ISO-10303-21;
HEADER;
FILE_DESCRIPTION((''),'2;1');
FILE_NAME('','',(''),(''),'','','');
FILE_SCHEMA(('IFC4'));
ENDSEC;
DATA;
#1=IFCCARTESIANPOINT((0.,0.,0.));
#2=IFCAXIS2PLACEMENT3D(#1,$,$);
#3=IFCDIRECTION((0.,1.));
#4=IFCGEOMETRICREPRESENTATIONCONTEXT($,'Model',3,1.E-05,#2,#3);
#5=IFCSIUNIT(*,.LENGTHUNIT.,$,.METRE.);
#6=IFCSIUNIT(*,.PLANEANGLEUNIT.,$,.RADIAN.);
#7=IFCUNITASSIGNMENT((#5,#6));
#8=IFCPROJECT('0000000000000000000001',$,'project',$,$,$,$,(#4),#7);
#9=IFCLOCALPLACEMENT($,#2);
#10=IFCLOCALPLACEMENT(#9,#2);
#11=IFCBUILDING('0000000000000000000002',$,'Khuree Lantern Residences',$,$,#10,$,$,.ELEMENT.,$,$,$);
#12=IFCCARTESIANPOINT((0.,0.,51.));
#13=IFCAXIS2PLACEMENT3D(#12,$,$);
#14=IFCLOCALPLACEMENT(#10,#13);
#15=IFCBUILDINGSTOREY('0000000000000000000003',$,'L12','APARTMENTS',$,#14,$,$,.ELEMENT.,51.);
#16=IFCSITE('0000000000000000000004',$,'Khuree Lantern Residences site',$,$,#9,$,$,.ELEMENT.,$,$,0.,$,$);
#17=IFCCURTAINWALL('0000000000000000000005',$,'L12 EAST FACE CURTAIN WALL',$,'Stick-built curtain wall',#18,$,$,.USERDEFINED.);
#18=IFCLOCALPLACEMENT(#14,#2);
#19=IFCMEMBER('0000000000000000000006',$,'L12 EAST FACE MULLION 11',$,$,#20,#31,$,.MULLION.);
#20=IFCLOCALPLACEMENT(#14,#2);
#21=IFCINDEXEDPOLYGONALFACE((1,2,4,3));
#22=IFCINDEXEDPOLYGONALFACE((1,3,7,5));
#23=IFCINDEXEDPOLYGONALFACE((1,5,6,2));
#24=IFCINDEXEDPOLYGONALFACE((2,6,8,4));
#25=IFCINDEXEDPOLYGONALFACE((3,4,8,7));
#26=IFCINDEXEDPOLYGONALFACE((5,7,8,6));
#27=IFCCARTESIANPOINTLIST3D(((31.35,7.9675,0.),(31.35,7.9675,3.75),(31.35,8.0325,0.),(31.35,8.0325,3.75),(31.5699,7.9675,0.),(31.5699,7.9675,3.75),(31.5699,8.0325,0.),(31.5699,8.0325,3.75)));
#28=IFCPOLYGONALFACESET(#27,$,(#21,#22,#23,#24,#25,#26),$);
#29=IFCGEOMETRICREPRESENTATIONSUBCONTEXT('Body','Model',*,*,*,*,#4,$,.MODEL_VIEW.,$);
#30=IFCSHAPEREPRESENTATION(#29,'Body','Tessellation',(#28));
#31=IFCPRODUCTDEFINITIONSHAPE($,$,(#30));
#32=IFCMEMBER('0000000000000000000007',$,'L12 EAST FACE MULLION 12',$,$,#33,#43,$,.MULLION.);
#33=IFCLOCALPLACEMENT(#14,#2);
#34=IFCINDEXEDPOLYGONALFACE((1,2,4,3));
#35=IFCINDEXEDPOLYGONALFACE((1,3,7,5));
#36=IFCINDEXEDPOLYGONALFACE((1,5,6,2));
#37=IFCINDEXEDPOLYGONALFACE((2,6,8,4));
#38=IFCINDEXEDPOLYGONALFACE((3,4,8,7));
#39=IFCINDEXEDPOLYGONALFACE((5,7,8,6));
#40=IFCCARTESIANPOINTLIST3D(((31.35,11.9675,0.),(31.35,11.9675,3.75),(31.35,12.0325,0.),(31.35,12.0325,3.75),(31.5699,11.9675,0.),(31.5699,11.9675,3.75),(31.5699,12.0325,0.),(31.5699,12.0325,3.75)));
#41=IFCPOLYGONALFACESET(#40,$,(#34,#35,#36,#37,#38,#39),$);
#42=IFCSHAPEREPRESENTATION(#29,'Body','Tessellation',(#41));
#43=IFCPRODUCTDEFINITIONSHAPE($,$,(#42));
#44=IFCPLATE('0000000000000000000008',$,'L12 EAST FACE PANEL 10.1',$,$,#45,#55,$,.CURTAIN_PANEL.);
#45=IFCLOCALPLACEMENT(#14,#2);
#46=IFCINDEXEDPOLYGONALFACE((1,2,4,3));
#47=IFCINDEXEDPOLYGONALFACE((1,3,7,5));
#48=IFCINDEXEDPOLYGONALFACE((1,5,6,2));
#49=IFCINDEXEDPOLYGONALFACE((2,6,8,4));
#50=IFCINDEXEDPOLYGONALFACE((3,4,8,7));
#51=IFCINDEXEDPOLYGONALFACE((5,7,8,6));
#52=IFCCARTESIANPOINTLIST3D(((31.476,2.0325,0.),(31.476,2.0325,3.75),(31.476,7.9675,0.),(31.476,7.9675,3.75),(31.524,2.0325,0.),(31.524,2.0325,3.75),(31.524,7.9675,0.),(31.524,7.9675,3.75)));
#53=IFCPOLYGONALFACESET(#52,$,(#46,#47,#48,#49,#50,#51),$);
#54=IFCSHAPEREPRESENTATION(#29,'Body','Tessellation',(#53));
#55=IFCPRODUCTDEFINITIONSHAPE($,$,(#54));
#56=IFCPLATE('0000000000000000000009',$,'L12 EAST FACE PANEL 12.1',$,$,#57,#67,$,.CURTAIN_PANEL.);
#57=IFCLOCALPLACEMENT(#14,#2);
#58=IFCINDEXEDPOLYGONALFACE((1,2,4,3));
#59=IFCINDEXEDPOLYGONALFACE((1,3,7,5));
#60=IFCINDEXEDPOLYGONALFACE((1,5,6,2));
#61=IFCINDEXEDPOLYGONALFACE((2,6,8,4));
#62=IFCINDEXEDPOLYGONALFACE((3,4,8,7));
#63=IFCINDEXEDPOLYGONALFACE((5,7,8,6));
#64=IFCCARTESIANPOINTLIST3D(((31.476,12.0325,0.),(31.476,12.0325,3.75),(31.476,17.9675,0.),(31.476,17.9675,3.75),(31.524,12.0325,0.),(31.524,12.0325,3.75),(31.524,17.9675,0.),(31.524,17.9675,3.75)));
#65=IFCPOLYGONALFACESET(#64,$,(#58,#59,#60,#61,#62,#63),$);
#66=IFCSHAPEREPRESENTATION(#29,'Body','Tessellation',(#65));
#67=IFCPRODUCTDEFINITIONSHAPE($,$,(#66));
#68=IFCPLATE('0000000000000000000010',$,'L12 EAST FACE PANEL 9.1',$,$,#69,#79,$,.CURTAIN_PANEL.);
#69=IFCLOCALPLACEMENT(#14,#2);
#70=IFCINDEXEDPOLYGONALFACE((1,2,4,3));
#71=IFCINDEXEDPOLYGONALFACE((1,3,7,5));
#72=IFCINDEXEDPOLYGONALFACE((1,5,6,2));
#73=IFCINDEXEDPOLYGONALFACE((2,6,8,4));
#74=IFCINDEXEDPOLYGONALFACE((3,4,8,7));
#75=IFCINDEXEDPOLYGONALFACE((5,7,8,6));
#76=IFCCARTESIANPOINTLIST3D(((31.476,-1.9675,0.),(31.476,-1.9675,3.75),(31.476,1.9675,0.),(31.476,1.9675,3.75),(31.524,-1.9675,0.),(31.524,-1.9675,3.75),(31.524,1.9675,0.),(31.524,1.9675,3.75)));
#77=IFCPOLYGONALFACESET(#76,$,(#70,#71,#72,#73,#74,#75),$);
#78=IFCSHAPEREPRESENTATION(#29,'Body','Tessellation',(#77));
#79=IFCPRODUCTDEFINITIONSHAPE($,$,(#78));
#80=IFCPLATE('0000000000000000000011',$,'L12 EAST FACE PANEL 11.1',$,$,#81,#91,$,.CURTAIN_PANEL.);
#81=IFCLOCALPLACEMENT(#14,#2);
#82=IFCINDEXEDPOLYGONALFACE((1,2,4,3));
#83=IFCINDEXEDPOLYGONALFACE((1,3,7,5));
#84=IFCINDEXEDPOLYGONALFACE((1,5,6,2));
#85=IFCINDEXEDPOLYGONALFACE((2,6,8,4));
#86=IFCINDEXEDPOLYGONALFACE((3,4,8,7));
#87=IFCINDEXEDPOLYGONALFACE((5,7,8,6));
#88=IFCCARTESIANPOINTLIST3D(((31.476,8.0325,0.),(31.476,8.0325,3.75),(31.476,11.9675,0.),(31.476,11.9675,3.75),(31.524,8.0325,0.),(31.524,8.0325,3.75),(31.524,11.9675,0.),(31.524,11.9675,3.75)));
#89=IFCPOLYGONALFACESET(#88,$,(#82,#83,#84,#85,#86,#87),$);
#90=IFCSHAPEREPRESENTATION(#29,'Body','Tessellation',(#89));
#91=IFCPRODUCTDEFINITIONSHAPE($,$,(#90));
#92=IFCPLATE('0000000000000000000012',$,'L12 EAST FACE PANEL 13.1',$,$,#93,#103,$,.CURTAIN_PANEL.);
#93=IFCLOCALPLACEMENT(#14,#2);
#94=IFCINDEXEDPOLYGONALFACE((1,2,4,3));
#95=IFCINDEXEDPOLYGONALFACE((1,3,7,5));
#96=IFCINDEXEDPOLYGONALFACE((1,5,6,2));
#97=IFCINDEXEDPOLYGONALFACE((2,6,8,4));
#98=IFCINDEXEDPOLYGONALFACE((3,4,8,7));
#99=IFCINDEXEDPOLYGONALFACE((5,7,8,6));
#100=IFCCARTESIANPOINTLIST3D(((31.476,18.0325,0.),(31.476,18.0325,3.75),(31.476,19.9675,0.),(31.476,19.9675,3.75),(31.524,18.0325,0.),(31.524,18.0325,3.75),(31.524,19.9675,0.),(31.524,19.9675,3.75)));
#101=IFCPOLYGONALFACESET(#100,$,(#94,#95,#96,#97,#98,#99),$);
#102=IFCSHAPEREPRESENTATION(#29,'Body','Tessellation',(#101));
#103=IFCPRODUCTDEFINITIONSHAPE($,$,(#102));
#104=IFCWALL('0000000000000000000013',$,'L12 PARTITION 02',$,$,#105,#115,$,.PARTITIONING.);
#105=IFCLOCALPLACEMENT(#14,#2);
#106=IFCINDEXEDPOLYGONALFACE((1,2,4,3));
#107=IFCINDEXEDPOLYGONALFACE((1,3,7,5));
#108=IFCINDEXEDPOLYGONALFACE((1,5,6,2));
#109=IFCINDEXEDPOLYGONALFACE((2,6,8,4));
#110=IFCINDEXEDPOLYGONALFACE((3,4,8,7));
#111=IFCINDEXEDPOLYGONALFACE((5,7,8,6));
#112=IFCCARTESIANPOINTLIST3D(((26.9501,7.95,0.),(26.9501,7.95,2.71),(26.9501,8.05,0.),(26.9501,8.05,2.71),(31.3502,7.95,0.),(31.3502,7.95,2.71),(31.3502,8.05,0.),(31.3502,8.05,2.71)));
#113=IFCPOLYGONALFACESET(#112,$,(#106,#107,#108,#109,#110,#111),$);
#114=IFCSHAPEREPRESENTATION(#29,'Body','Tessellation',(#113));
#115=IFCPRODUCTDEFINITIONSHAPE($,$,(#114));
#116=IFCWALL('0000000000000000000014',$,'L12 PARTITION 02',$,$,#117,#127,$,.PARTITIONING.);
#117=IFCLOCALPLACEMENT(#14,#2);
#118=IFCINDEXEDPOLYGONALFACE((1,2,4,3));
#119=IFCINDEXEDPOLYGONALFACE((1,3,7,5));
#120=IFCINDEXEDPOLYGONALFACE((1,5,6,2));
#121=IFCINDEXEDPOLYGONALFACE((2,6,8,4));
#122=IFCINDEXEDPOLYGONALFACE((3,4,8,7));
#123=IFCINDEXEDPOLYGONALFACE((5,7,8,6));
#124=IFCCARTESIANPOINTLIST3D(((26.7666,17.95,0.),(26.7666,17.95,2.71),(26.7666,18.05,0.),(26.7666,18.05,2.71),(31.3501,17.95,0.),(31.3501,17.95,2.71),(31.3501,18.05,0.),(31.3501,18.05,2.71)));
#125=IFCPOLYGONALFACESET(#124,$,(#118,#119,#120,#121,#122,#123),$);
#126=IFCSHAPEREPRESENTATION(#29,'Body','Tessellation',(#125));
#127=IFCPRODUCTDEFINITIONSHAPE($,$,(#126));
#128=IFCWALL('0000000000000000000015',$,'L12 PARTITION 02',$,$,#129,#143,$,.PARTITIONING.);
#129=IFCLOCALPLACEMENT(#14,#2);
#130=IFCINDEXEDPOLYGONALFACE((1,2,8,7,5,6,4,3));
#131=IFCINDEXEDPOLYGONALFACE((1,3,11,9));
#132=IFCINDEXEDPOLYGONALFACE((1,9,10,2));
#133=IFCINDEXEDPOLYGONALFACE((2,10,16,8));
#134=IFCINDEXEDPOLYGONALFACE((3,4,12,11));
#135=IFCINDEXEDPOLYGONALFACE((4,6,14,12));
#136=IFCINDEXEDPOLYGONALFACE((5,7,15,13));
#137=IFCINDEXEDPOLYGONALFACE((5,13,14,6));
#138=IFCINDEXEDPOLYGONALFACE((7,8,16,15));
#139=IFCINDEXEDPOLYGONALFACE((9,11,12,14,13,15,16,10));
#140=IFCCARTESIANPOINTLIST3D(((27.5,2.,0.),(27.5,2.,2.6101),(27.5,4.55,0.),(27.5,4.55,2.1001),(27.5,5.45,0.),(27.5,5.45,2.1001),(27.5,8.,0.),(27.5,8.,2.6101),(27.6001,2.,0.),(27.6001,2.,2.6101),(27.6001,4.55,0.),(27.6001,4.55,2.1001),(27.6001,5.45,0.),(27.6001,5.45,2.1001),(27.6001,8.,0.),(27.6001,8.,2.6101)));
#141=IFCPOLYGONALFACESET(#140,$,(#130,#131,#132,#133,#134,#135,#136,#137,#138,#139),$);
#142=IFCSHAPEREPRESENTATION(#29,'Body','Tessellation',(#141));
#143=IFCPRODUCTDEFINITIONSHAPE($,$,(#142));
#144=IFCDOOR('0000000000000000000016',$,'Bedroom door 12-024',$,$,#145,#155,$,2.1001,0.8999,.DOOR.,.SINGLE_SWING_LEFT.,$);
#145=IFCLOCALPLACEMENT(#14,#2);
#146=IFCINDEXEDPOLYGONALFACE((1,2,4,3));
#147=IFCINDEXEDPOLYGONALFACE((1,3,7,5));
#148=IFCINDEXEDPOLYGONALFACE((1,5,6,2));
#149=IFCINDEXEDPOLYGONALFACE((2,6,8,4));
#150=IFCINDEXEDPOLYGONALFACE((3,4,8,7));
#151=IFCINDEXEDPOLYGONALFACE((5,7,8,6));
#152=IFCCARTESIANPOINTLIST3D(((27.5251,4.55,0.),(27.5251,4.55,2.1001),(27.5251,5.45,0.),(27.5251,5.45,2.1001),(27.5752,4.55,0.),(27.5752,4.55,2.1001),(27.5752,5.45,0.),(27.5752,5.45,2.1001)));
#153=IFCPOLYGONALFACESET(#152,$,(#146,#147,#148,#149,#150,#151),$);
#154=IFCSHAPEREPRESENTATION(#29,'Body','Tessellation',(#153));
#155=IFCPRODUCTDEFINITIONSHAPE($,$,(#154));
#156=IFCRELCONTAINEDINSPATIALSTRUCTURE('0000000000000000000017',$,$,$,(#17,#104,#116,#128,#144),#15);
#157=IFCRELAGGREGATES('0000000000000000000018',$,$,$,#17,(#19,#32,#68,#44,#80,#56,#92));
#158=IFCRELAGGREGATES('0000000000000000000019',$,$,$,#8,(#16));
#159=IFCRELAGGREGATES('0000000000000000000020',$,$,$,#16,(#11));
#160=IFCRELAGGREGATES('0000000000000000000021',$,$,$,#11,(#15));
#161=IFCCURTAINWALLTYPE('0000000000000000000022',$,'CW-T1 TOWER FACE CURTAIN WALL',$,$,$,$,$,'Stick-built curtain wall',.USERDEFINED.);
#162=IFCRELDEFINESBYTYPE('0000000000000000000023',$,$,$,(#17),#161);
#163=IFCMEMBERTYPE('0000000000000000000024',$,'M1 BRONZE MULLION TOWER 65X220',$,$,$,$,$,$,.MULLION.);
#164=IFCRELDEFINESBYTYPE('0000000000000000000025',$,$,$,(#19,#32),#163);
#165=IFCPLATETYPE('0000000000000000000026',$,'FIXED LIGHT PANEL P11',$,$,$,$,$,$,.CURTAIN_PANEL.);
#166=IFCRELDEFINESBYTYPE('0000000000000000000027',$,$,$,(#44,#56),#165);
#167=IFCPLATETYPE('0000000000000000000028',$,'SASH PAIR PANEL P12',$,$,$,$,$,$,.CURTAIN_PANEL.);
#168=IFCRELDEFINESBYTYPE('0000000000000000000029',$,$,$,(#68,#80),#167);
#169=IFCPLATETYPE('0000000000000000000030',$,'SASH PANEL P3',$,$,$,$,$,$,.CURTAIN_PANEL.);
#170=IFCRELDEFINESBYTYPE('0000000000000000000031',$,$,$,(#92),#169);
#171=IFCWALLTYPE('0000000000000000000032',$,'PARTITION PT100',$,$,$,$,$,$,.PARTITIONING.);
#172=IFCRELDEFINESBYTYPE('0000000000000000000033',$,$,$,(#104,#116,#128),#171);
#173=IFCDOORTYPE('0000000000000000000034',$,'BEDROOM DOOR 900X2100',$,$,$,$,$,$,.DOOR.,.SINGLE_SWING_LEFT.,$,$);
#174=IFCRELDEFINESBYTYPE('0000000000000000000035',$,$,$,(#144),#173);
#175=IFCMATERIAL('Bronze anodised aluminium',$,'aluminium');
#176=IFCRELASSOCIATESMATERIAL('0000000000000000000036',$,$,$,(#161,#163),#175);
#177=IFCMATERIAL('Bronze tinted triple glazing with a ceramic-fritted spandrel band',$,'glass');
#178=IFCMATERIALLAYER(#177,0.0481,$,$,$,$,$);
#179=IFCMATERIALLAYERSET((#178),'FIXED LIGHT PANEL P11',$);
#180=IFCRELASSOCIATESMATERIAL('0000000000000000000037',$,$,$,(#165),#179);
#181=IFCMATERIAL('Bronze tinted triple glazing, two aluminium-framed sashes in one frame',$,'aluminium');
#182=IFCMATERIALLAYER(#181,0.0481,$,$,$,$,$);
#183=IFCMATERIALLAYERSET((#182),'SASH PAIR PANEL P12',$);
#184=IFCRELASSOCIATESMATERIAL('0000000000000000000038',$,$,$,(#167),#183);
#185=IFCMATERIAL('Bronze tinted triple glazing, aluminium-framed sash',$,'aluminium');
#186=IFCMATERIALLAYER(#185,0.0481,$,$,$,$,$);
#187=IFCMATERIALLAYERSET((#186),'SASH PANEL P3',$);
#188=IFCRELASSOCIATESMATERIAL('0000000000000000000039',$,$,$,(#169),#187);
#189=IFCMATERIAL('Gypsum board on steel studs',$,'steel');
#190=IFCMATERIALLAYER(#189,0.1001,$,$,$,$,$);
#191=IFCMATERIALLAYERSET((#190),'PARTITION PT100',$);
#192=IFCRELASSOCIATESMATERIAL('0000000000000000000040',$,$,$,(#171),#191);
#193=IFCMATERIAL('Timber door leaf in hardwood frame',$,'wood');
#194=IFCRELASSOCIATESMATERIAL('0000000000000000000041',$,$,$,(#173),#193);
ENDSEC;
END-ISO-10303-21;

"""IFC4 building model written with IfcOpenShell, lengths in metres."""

from ifc_helpers import new_model, si_unit, direction, frame, frame_2d, origin, origin_2d, place, context, subcontext, project, spatial, rectangle, extrude, material, layer, layer_set, material_profile, profile_set, type_object, element, fill, aggregate, save


model = new_model("IFC4")

# Units and contexts
model_context = context("Model", 3, precision=1e-05, world=origin(), true_north=direction((0.0, 1.0)))
body_context = subcontext(model_context, "Body", "Model", "MODEL_VIEW")
ifc_project = project(units=[si_unit("LENGTHUNIT", "METRE"), si_unit("PLANEANGLEUNIT", "RADIAN")], contexts=[model_context])

# Site, building, storey
site_placement = place(None, origin())
site = spatial("IfcSite", under=ifc_project, at=site_placement, Name="Khuree Lantern Residences site", CompositionType="ELEMENT", RefElevation=0.0)
building_placement = place(site_placement, origin())
building = spatial("IfcBuilding", under=site, at=building_placement, Name="Khuree Lantern Residences", CompositionType="ELEMENT")
storey_placement = place(building_placement, frame((0.0, 0.0, 51.0)))
storey = spatial("IfcBuildingStorey", under=building, at=storey_placement, Name="L12", Description="APARTMENTS", CompositionType="ELEMENT", Elevation=51.0)

# Curtain wall
ifc_material_1 = material(Name="Bronze anodised aluminium", Category="aluminium")
curtain_wall_type = type_object("IfcCurtainWallType", Name="CW-T1 TOWER FACE CURTAIN WALL", ElementType="Stick-built curtain wall", PredefinedType="USERDEFINED", material=ifc_material_1)
curtain_wall_placement = place(storey_placement, origin())
curtain_wall = element("IfcCurtainWall", 1, at=curtain_wall_placement, inside=storey, type_object=curtain_wall_type, Name="L12 EAST FACE CURTAIN WALL", ObjectType="Stick-built curtain wall", PredefinedType="USERDEFINED")

# Members
ifc_material_profile_1 = material_profile(ifc_material_1, rectangle(XDim=0.0649, YDim=0.22, at=origin_2d()), Name="M1 65X220")
ifc_profile_set_1 = profile_set([ifc_material_profile_1], Name="Bronze anodised aluminium")
member_type_1 = type_object("IfcMemberType", Name="M1 BRONZE MULLION TOWER 65X220", PredefinedType="MULLION", material=ifc_profile_set_1)
member_1_placement = place(storey_placement, frame((31.46, 8.0, 0.0), z_axis=(0.0, 0.0, 1.0), x_axis=(0.0, 1.0, 0.0)))
member_1 = element("IfcMember", 2, at=member_1_placement, type_object=member_type_1, Name="L12 EAST FACE MULLION 11", PredefinedType="MULLION", context=body_context, shape_type="SweptSolid", body=[
    extrude(rectangle(XDim=0.0649, YDim=0.22, at=origin_2d()), origin(), (0.0, 0.0, 1.0), 3.75),
])
member_2_placement = place(storey_placement, frame((31.46, 12.0, 0.0), z_axis=(0.0, 0.0, 1.0), x_axis=(0.0, 1.0, 0.0)))
member_2 = element("IfcMember", 3, at=member_2_placement, type_object=member_type_1, Name="L12 EAST FACE MULLION 12", PredefinedType="MULLION", context=body_context, shape_type="SweptSolid", body=[
    extrude(rectangle(XDim=0.0649, YDim=0.22, at=origin_2d()), origin(), (0.0, 0.0, 1.0), 3.75),
])

# Plates
ifc_material_2 = material(Name="Bronze tinted triple glazing with a ceramic-fritted spandrel band", Category="glass")
ifc_layer_1 = layer(ifc_material_2, 0.0481)
ifc_layer_set_1 = layer_set([ifc_layer_1], Name="FIXED LIGHT PANEL P11")
plate_type_1 = type_object("IfcPlateType", Name="FIXED LIGHT PANEL P11", PredefinedType="CURTAIN_PANEL", material=ifc_layer_set_1)
plate_1_placement = place(storey_placement, frame((31.5, 5.0, 0.0), z_axis=(0.0, 0.0, 1.0), x_axis=(0.0, 1.0, 0.0)))
plate_1 = element("IfcPlate", 4, at=plate_1_placement, type_object=plate_type_1, Name="L12 EAST FACE PANEL 10.1", PredefinedType="CURTAIN_PANEL", context=body_context, shape_type="SweptSolid", body=[
    extrude(rectangle(XDim=5.9351, YDim=0.0481, at=origin_2d()), origin(), (0.0, 0.0, 1.0), 3.75),
])
plate_2_placement = place(storey_placement, frame((31.5, 15.0, 0.0), z_axis=(0.0, 0.0, 1.0), x_axis=(0.0, 1.0, 0.0)))
plate_2 = element("IfcPlate", 5, at=plate_2_placement, type_object=plate_type_1, Name="L12 EAST FACE PANEL 12.1", PredefinedType="CURTAIN_PANEL", context=body_context, shape_type="SweptSolid", body=[
    extrude(rectangle(XDim=5.9351, YDim=0.0481, at=origin_2d()), origin(), (0.0, 0.0, 1.0), 3.75),
])
ifc_material_3 = material(Name="Bronze tinted triple glazing, two aluminium-framed sashes in one frame", Category="aluminium")
ifc_layer_2 = layer(ifc_material_3, 0.0481)
ifc_layer_set_2 = layer_set([ifc_layer_2], Name="SASH PAIR PANEL P12")
plate_type_2 = type_object("IfcPlateType", Name="SASH PAIR PANEL P12", PredefinedType="CURTAIN_PANEL", material=ifc_layer_set_2)
plate_3_placement = place(storey_placement, frame((31.5, 0.0, 0.0), z_axis=(0.0, 0.0, 1.0), x_axis=(0.0, 1.0, 0.0)))
plate_3 = element("IfcPlate", 6, at=plate_3_placement, type_object=plate_type_2, Name="L12 EAST FACE PANEL 9.1", PredefinedType="CURTAIN_PANEL", context=body_context, shape_type="SweptSolid", body=[
    extrude(rectangle(XDim=3.9351, YDim=0.0481, at=origin_2d()), origin(), (0.0, 0.0, 1.0), 3.75),
])
plate_4_placement = place(storey_placement, frame((31.5, 10.0, 0.0), z_axis=(0.0, 0.0, 1.0), x_axis=(0.0, 1.0, 0.0)))
plate_4 = element("IfcPlate", 7, at=plate_4_placement, type_object=plate_type_2, Name="L12 EAST FACE PANEL 11.1", PredefinedType="CURTAIN_PANEL", context=body_context, shape_type="SweptSolid", body=[
    extrude(rectangle(XDim=3.9351, YDim=0.0481, at=origin_2d()), origin(), (0.0, 0.0, 1.0), 3.75),
])
ifc_material_4 = material(Name="Bronze tinted triple glazing, aluminium-framed sash", Category="aluminium")
ifc_layer_3 = layer(ifc_material_4, 0.0481)
ifc_layer_set_3 = layer_set([ifc_layer_3], Name="SASH PANEL P3")
plate_type_3 = type_object("IfcPlateType", Name="SASH PANEL P3", PredefinedType="CURTAIN_PANEL", material=ifc_layer_set_3)
plate_5_placement = place(storey_placement, frame((31.5, 19.0, 0.0), z_axis=(0.0, 0.0, 1.0), x_axis=(0.0, 1.0, 0.0)))
plate_5 = element("IfcPlate", 8, at=plate_5_placement, type_object=plate_type_3, Name="L12 EAST FACE PANEL 13.1", PredefinedType="CURTAIN_PANEL", context=body_context, shape_type="SweptSolid", body=[
    extrude(rectangle(XDim=1.9351, YDim=0.0481, at=origin_2d()), origin(), (0.0, 0.0, 1.0), 3.75),
])
aggregate(curtain_wall, [member_1, member_2, plate_3, plate_1, plate_4, plate_2, plate_5])

# Walls
ifc_material_5 = material(Name="Gypsum board on steel studs", Category="steel")
ifc_layer_4 = layer(ifc_material_5, 0.1001)
ifc_layer_set_4 = layer_set([ifc_layer_4], Name="PARTITION PT100")
wall_type = type_object("IfcWallType", Name="PARTITION PT100", PredefinedType="PARTITIONING", material=ifc_layer_set_4)
wall_1_placement = place(storey_placement, frame((26.95, 8.0, 0.0), z_axis=(0.0, 0.0, 1.0), x_axis=(1.0, 0.0, 0.0)))
element("IfcWall", 9, at=wall_1_placement, inside=storey, type_object=wall_type, Name="L12 PARTITION 02", PredefinedType="PARTITIONING", context=body_context, shape_type="SweptSolid", body=[
    extrude(rectangle(XDim=4.4001, YDim=0.1001, at=frame_2d((2.2002, 0.0))), origin(), (0.0, 0.0, 1.0), 2.71),
])
wall_2_placement = place(storey_placement, frame((26.7666, 18.0, 0.0), z_axis=(0.0, 0.0, 1.0), x_axis=(1.0, 0.0, 0.0)))
element("IfcWall", 10, at=wall_2_placement, inside=storey, type_object=wall_type, Name="L12 PARTITION 02", PredefinedType="PARTITIONING", context=body_context, shape_type="SweptSolid", body=[
    extrude(rectangle(XDim=4.5835, YDim=0.1001, at=frame_2d((2.2917, 0.0))), origin(), (0.0, 0.0, 1.0), 2.71),
])

# Wall, opening, door
wall_3_placement = place(storey_placement, frame((27.55, 2.0, 0.0), z_axis=(0.0, 0.0, 1.0), x_axis=(0.0, 1.0, 0.0)))
wall_3 = element("IfcWall", 11, at=wall_3_placement, inside=storey, type_object=wall_type, Name="L12 PARTITION 02", PredefinedType="PARTITIONING", context=body_context, shape_type="SweptSolid", body=[
    extrude(rectangle(XDim=6.0, YDim=0.1001, at=frame_2d((3.0, 0.0))), origin(), (0.0, 0.0, 1.0), 2.6101),
])
opening_1_placement = place(wall_3_placement, frame((2.55, 0.0, 0.0)))
opening_1 = element("IfcOpeningElement", 12, at=opening_1_placement, cuts=wall_3, PredefinedType="OPENING", context=body_context, shape_type="SweptSolid", body=[
    extrude(rectangle(XDim=0.8999, YDim=2.1001, at=frame_2d((0.45, 1.05))), frame((0.0, 0.0601, 0.0), z_axis=(0.0, -1.0, 0.0), x_axis=(1.0, 0.0, 0.0)), (0.0, 0.0, 1.0), 0.1201),
])
ifc_material_6 = material(Name="Timber door leaf in hardwood frame", Category="wood")
door_type_1 = type_object("IfcDoorType", Name="BEDROOM DOOR 900X2100", OperationType="SINGLE_SWING_LEFT", PredefinedType="DOOR", material=ifc_material_6)
door_1_placement = place(opening_1_placement, origin())
door_1 = element("IfcDoor", 13, at=door_1_placement, inside=storey, type_object=door_type_1, Name="Bedroom door 12-024", OperationType="SINGLE_SWING_LEFT", OverallHeight=2.1001, OverallWidth=0.8999, PredefinedType="DOOR", context=body_context, shape_type="SweptSolid", body=[
    extrude(rectangle(XDim=0.8999, YDim=2.1001, at=frame_2d((0.45, 1.05))), frame((0.0, 0.0249, 0.0), z_axis=(0.0, -1.0, 0.0), x_axis=(1.0, 0.0, 0.0)), (0.0, 0.0, 1.0), 0.05),
])
fill(opening_1, door_1)

save(model, "model.ifc")
